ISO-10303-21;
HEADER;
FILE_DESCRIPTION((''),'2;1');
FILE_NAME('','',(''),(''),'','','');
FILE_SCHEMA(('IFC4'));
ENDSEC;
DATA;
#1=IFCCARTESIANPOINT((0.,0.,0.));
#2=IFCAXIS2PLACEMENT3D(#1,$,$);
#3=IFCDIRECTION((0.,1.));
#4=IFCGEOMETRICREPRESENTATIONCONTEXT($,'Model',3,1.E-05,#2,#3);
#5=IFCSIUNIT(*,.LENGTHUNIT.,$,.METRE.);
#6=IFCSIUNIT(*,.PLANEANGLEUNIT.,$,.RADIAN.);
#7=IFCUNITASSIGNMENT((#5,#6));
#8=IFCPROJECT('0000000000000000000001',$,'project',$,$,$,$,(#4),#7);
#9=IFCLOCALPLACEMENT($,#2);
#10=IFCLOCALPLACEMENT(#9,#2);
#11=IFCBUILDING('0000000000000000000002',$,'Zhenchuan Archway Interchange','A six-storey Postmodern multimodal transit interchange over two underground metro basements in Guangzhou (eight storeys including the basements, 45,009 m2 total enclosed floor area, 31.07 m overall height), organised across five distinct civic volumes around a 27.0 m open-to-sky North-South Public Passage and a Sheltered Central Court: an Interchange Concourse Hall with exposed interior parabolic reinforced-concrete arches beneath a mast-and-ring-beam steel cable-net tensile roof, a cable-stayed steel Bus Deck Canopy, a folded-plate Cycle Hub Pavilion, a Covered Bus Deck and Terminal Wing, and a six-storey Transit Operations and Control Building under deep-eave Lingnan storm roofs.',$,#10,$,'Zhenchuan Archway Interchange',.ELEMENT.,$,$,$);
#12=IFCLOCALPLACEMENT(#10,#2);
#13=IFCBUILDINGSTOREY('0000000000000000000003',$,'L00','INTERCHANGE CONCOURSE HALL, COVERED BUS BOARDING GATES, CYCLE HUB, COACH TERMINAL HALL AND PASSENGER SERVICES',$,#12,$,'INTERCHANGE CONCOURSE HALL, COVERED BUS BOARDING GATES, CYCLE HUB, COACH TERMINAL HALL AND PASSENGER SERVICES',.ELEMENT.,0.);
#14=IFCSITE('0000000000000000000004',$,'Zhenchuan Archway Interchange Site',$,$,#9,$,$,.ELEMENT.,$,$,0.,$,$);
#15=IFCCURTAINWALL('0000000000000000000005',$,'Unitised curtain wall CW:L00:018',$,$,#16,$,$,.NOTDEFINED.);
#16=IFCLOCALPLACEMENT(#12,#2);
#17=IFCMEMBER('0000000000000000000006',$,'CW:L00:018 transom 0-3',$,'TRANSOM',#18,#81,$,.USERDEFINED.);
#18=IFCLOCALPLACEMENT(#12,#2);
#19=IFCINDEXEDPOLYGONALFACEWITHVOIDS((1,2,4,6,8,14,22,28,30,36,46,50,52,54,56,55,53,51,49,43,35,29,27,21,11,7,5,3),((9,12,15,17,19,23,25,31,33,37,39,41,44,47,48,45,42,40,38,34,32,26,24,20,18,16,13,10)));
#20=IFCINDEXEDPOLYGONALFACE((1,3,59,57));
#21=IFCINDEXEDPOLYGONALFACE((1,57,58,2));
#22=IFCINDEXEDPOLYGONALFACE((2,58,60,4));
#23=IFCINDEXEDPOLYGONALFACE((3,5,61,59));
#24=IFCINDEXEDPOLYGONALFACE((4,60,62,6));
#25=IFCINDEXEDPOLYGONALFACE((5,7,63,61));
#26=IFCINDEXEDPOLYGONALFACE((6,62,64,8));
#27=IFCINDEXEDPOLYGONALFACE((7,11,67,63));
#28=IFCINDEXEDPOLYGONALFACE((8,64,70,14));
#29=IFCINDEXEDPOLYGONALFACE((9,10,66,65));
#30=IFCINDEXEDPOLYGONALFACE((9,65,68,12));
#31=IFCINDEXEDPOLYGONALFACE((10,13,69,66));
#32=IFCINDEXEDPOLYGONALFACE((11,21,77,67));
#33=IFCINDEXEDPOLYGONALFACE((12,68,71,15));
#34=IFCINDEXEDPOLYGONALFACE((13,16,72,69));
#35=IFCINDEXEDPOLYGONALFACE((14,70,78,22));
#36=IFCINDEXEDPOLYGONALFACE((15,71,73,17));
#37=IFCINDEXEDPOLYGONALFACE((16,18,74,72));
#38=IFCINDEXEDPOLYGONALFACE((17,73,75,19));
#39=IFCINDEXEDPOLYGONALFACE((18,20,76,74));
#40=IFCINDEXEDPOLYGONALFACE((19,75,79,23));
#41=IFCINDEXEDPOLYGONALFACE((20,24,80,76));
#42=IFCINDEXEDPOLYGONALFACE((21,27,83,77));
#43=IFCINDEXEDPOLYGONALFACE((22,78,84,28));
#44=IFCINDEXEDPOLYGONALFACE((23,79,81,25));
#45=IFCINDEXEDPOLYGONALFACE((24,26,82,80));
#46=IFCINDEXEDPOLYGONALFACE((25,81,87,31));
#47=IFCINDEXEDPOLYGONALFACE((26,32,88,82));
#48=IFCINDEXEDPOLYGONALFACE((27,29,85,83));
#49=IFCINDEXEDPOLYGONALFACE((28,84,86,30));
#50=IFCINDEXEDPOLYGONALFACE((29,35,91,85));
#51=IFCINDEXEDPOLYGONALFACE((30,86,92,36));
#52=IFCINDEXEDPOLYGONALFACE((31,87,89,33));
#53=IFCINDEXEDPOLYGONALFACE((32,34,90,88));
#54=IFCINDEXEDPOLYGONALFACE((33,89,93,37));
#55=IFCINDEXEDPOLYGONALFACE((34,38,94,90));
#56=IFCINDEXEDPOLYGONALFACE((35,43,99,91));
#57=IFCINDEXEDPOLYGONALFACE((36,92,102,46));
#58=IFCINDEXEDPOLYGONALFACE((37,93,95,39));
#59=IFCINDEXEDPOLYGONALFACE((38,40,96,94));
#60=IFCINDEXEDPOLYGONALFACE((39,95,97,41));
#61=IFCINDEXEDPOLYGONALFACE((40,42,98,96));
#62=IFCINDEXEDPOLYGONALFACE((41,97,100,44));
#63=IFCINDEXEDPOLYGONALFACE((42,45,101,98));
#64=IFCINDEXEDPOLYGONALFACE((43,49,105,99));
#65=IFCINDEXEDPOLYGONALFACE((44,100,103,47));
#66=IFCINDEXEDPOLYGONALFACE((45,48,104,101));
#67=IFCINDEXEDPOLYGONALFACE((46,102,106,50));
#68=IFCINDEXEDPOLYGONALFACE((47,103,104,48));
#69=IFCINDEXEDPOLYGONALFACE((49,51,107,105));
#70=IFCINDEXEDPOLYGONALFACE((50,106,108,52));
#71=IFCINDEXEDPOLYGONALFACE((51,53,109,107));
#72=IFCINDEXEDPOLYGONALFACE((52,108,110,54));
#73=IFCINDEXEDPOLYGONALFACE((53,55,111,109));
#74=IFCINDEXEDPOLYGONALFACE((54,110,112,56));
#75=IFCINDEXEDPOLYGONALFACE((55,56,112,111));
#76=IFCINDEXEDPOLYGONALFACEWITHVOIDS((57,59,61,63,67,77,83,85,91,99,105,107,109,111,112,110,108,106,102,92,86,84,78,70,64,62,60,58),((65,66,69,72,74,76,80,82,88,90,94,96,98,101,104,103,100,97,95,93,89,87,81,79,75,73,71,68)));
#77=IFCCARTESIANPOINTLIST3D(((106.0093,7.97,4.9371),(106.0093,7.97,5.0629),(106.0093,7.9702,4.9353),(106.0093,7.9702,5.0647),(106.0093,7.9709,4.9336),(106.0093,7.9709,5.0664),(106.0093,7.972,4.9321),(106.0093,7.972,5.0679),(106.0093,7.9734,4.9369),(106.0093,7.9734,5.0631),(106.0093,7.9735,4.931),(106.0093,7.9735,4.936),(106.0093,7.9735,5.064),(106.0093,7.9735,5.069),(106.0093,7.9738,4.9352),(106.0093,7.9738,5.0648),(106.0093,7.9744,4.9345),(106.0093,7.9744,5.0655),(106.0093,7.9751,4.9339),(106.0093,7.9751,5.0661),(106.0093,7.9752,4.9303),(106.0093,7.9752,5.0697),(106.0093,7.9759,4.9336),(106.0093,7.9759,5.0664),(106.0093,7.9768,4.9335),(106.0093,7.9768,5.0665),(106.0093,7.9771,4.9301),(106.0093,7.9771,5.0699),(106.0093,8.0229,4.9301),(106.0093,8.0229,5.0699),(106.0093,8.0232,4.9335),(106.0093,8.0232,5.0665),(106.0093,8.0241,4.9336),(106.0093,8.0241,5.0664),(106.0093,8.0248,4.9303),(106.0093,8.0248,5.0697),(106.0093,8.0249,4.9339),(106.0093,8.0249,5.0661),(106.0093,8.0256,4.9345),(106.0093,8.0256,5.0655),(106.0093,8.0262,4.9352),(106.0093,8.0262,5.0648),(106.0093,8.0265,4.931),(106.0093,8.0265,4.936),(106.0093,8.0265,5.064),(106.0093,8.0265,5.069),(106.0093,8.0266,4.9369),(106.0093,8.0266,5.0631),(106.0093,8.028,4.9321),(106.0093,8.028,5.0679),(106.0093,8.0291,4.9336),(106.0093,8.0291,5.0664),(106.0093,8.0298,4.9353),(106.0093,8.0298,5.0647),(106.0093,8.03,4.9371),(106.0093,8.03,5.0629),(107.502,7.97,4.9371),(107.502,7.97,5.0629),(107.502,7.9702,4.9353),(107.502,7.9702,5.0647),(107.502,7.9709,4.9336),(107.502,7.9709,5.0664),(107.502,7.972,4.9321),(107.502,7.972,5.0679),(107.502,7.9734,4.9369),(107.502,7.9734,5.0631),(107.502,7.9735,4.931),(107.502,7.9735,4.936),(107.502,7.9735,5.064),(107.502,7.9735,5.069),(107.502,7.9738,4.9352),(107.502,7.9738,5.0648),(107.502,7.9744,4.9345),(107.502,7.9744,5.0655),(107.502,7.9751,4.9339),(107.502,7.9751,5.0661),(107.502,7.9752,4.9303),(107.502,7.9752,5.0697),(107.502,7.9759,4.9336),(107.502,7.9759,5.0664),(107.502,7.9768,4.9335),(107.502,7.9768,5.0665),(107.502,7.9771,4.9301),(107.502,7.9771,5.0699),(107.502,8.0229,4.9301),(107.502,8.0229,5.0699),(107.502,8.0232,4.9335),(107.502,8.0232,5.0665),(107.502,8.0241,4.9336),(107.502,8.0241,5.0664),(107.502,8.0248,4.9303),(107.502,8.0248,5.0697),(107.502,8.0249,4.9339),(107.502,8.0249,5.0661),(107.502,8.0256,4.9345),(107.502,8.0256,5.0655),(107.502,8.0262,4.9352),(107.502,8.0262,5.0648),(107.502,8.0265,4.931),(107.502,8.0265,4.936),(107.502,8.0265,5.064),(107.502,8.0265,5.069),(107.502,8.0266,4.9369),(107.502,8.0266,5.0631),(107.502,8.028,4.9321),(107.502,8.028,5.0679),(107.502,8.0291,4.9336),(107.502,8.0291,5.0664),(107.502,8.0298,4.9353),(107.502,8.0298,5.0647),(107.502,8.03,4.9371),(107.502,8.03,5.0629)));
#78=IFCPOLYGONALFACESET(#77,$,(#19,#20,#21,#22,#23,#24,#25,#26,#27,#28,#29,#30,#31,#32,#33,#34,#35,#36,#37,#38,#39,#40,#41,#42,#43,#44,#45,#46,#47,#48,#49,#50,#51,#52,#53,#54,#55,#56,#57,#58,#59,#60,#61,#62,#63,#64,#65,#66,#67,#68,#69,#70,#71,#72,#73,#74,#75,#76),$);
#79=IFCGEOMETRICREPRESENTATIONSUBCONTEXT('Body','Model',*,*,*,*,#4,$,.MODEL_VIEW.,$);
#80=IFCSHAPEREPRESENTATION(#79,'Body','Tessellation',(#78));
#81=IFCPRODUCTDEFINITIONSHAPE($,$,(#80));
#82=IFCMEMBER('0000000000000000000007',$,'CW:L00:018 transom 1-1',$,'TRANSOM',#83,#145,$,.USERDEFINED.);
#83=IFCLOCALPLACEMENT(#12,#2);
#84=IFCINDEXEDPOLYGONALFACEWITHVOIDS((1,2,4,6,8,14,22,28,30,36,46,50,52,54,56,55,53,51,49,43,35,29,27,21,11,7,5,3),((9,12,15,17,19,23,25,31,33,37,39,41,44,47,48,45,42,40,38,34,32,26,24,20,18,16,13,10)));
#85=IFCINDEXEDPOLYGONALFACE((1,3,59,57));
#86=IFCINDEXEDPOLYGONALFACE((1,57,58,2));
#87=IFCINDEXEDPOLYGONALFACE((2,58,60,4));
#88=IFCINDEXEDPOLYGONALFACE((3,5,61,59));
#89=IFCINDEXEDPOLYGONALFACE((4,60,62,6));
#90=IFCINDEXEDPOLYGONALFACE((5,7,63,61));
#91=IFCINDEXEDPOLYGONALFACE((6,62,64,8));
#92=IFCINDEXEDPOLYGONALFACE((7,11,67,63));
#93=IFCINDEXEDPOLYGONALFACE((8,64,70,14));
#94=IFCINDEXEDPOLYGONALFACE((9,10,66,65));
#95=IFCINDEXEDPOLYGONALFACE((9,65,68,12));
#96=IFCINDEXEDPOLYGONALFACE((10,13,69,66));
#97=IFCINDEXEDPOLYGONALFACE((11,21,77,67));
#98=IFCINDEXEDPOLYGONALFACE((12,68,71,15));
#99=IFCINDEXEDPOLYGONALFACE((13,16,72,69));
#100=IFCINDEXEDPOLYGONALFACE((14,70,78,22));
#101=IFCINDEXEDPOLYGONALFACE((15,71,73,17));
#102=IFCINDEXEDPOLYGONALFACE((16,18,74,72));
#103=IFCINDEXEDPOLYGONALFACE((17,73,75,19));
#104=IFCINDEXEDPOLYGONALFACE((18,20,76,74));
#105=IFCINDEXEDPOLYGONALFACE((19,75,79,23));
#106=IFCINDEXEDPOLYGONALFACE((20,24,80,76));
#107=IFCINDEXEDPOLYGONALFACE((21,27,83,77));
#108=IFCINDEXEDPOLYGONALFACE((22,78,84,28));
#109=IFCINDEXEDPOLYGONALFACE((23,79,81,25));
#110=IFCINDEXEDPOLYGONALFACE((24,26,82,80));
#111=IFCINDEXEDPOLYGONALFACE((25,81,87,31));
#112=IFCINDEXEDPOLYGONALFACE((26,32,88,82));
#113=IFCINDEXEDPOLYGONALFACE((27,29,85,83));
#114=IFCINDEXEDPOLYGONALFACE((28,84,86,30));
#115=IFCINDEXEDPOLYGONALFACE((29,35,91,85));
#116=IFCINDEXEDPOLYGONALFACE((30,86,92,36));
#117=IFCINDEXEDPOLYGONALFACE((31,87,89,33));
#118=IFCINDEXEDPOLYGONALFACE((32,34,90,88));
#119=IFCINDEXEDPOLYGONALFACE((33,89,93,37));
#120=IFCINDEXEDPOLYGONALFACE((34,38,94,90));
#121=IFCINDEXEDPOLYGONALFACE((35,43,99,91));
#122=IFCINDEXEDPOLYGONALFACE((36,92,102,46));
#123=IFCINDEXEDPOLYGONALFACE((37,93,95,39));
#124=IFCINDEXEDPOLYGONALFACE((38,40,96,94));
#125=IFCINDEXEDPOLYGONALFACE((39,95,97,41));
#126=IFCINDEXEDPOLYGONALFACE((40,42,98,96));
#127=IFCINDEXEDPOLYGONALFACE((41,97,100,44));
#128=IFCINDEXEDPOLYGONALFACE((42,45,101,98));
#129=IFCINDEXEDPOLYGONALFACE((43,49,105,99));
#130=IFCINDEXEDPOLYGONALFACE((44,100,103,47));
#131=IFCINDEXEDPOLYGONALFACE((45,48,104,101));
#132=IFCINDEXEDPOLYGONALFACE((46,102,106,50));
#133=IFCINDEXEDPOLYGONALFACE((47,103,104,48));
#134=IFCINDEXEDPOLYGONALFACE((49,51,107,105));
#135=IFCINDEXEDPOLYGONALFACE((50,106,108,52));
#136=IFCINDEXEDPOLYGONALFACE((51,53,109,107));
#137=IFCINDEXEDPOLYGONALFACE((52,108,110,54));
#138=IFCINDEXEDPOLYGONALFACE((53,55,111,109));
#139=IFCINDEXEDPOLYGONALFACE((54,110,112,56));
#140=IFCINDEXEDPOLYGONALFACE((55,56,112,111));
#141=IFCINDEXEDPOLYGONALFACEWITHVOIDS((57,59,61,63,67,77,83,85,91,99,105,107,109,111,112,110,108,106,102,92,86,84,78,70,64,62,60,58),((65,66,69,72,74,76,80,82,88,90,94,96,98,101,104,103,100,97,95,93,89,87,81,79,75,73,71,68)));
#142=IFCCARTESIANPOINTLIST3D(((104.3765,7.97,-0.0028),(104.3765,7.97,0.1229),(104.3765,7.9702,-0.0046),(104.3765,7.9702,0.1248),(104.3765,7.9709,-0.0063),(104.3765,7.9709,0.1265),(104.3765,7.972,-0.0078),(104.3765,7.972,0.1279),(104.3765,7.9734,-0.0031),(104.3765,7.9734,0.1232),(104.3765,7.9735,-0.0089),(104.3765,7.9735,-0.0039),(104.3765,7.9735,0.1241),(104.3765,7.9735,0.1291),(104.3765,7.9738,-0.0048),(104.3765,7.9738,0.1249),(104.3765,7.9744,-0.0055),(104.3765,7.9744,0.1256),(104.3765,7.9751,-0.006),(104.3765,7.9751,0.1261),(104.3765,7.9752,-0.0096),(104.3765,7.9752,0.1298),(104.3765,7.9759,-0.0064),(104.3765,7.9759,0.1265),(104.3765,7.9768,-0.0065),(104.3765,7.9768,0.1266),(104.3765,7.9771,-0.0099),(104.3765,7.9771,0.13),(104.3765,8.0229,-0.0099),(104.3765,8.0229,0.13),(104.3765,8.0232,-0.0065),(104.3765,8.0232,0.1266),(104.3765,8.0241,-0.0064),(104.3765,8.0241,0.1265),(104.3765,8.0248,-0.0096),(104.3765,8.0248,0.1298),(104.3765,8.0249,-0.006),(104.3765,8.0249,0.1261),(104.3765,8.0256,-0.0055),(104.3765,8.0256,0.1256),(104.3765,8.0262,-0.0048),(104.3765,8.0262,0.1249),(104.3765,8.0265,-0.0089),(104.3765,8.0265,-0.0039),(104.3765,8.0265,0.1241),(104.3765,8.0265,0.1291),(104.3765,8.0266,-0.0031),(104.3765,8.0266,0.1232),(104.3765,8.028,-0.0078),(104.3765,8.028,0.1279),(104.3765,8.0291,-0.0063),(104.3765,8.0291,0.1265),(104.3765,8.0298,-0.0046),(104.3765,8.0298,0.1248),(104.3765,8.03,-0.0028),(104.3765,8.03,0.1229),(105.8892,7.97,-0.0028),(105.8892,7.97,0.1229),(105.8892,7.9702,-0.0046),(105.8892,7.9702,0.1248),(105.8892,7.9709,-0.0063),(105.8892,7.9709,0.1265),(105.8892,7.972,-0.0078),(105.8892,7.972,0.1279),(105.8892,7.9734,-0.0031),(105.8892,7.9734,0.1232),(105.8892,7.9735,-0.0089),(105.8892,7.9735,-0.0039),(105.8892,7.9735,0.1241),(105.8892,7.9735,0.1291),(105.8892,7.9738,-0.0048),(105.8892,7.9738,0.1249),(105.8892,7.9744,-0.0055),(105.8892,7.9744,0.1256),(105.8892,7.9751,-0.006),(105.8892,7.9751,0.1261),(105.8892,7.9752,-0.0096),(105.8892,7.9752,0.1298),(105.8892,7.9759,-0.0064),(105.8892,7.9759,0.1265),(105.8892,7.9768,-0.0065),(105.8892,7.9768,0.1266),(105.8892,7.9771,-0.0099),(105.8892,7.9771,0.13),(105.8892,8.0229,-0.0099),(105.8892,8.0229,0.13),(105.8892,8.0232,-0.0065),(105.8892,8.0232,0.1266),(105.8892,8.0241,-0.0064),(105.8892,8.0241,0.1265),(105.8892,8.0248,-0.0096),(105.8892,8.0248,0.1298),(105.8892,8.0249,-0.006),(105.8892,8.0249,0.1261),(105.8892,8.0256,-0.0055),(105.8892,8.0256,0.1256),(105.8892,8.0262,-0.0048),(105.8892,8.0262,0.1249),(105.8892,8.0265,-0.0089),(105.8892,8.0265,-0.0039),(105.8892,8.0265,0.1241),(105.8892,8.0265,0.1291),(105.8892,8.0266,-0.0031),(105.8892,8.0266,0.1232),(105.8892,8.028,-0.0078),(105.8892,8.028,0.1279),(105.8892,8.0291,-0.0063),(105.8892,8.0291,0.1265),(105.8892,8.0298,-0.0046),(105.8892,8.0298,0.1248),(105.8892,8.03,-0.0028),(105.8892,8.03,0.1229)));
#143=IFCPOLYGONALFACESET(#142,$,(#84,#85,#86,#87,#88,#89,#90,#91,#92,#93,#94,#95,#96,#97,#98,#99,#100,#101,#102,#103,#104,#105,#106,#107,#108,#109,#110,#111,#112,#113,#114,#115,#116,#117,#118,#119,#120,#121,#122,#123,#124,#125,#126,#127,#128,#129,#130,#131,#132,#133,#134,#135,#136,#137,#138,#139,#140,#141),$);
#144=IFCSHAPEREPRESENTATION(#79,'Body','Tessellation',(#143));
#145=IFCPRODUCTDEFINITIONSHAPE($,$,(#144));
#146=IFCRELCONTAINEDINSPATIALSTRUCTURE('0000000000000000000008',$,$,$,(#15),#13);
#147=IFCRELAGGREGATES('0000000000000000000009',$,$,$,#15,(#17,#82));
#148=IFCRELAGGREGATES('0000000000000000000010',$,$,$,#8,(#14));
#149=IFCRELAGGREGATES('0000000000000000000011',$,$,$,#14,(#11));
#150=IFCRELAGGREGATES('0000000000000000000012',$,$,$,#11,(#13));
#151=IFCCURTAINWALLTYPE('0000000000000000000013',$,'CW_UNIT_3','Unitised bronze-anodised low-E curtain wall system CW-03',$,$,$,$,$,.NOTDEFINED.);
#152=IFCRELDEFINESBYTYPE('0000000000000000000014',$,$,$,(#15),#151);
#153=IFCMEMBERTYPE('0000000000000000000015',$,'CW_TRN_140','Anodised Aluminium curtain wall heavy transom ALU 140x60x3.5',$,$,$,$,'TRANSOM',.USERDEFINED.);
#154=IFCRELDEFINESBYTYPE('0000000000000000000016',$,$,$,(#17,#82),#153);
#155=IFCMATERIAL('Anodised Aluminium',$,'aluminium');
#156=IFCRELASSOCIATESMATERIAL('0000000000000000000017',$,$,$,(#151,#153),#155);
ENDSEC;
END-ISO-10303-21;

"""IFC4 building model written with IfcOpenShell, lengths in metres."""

from ifc_helpers import new_model, si_unit, direction, frame, origin, origin_2d, place, context, subcontext, project, spatial, hollow_rectangle, extrude, material, material_profile, profile_set, type_object, element, aggregate, save


model = new_model("IFC4")

# Units and contexts
model_context = context("Model", 3, precision=1e-05, world=origin(), true_north=direction((0.0, 1.0)))
body_context = subcontext(model_context, "Body", "Model", "MODEL_VIEW")
ifc_project = project(units=[si_unit("LENGTHUNIT", "METRE"), si_unit("PLANEANGLEUNIT", "RADIAN")], contexts=[model_context])

# Site, building, storey
site_placement = place(None, origin())
site = spatial("IfcSite", under=ifc_project, at=site_placement, Name="Zhenchuan Archway Interchange Site", CompositionType="ELEMENT", RefElevation=0.0)
building_placement = place(site_placement, origin())
building = spatial("IfcBuilding", under=site, at=building_placement, Name="Zhenchuan Archway Interchange", Description="A six-storey Postmodern multimodal transit interchange over two underground metro basements in Guangzhou (eight storeys including the basements, 45,009 m2 total enclosed floor area, 31.07 m overall height), organised across five distinct civic volumes around a 27.0 m open-to-sky North-South Public Passage and a Sheltered Central Court: an Interchange Concourse Hall with exposed interior parabolic reinforced-concrete arches beneath a mast-and-ring-beam steel cable-net tensile roof, a cable-stayed steel Bus Deck Canopy, a folded-plate Cycle Hub Pavilion, a Covered Bus Deck and Terminal Wing, and a six-storey Transit Operations and Control Building under deep-eave Lingnan storm roofs.", LongName="Zhenchuan Archway Interchange", CompositionType="ELEMENT")
storey_placement = place(building_placement, origin())
storey = spatial("IfcBuildingStorey", under=building, at=storey_placement, Name="L00", Description="INTERCHANGE CONCOURSE HALL, COVERED BUS BOARDING GATES, CYCLE HUB, COACH TERMINAL HALL AND PASSENGER SERVICES", LongName="INTERCHANGE CONCOURSE HALL, COVERED BUS BOARDING GATES, CYCLE HUB, COACH TERMINAL HALL AND PASSENGER SERVICES", CompositionType="ELEMENT", Elevation=0.0)

# Curtain wall, members
ifc_material_1 = material(Name="Anodised Aluminium", Category="aluminium")
curtain_wall_type = type_object("IfcCurtainWallType", Name="CW_UNIT_3", Description="Unitised bronze-anodised low-E curtain wall system CW-03", PredefinedType="NOTDEFINED", material=ifc_material_1)
curtain_wall_placement = place(storey_placement, origin())
curtain_wall = element("IfcCurtainWall", 1, at=curtain_wall_placement, inside=storey, type_object=curtain_wall_type, Name="Unitised curtain wall CW:L00:018", PredefinedType="NOTDEFINED")
ifc_material_profile_1 = material_profile(ifc_material_1, hollow_rectangle(XDim=0.0601, YDim=0.1399, WallThickness=0.0034, InnerFilletRadius=0.0034, OuterFilletRadius=0.0071, at=origin_2d()), Name="ALU 140x60x3.5")
ifc_profile_set_1 = profile_set([ifc_material_profile_1], Name="Anodised Aluminium")
member_type_1 = type_object("IfcMemberType", Name="CW_TRN_140", Description="Anodised Aluminium curtain wall heavy transom ALU 140x60x3.5", ElementType="TRANSOM", PredefinedType="USERDEFINED", material=ifc_profile_set_1)
member_1_placement = place(storey_placement, frame((107.502, 8.0, 5.0), z_axis=(-1.0, 0.0, 0.0), x_axis=(0.0, -1.0, 0.0)))
member_1 = element("IfcMember", 2, at=member_1_placement, type_object=member_type_1, Name="CW:L00:018 transom 0-3", ObjectType="TRANSOM", PredefinedType="USERDEFINED", context=body_context, shape_type="SweptSolid", body=[
    extrude(hollow_rectangle(XDim=0.0601, YDim=0.1399, WallThickness=0.0034, InnerFilletRadius=0.0034, OuterFilletRadius=0.0071, at=origin_2d()), origin(), (0.0, 0.0, 1.0), 1.4927),
])
member_2_placement = place(storey_placement, frame((105.8892, 8.0, 0.0601), z_axis=(-1.0, 0.0, 0.0), x_axis=(0.0, -1.0, 0.0)))
member_2 = element("IfcMember", 3, at=member_2_placement, type_object=member_type_1, Name="CW:L00:018 transom 1-1", ObjectType="TRANSOM", PredefinedType="USERDEFINED", context=body_context, shape_type="SweptSolid", body=[
    extrude(hollow_rectangle(XDim=0.0601, YDim=0.1399, WallThickness=0.0034, InnerFilletRadius=0.0034, OuterFilletRadius=0.0071, at=origin_2d()), origin(), (0.0, 0.0, 1.0), 1.5127),
])

aggregate(curtain_wall, [member_1, member_2])

save(model, "model.ifc")
